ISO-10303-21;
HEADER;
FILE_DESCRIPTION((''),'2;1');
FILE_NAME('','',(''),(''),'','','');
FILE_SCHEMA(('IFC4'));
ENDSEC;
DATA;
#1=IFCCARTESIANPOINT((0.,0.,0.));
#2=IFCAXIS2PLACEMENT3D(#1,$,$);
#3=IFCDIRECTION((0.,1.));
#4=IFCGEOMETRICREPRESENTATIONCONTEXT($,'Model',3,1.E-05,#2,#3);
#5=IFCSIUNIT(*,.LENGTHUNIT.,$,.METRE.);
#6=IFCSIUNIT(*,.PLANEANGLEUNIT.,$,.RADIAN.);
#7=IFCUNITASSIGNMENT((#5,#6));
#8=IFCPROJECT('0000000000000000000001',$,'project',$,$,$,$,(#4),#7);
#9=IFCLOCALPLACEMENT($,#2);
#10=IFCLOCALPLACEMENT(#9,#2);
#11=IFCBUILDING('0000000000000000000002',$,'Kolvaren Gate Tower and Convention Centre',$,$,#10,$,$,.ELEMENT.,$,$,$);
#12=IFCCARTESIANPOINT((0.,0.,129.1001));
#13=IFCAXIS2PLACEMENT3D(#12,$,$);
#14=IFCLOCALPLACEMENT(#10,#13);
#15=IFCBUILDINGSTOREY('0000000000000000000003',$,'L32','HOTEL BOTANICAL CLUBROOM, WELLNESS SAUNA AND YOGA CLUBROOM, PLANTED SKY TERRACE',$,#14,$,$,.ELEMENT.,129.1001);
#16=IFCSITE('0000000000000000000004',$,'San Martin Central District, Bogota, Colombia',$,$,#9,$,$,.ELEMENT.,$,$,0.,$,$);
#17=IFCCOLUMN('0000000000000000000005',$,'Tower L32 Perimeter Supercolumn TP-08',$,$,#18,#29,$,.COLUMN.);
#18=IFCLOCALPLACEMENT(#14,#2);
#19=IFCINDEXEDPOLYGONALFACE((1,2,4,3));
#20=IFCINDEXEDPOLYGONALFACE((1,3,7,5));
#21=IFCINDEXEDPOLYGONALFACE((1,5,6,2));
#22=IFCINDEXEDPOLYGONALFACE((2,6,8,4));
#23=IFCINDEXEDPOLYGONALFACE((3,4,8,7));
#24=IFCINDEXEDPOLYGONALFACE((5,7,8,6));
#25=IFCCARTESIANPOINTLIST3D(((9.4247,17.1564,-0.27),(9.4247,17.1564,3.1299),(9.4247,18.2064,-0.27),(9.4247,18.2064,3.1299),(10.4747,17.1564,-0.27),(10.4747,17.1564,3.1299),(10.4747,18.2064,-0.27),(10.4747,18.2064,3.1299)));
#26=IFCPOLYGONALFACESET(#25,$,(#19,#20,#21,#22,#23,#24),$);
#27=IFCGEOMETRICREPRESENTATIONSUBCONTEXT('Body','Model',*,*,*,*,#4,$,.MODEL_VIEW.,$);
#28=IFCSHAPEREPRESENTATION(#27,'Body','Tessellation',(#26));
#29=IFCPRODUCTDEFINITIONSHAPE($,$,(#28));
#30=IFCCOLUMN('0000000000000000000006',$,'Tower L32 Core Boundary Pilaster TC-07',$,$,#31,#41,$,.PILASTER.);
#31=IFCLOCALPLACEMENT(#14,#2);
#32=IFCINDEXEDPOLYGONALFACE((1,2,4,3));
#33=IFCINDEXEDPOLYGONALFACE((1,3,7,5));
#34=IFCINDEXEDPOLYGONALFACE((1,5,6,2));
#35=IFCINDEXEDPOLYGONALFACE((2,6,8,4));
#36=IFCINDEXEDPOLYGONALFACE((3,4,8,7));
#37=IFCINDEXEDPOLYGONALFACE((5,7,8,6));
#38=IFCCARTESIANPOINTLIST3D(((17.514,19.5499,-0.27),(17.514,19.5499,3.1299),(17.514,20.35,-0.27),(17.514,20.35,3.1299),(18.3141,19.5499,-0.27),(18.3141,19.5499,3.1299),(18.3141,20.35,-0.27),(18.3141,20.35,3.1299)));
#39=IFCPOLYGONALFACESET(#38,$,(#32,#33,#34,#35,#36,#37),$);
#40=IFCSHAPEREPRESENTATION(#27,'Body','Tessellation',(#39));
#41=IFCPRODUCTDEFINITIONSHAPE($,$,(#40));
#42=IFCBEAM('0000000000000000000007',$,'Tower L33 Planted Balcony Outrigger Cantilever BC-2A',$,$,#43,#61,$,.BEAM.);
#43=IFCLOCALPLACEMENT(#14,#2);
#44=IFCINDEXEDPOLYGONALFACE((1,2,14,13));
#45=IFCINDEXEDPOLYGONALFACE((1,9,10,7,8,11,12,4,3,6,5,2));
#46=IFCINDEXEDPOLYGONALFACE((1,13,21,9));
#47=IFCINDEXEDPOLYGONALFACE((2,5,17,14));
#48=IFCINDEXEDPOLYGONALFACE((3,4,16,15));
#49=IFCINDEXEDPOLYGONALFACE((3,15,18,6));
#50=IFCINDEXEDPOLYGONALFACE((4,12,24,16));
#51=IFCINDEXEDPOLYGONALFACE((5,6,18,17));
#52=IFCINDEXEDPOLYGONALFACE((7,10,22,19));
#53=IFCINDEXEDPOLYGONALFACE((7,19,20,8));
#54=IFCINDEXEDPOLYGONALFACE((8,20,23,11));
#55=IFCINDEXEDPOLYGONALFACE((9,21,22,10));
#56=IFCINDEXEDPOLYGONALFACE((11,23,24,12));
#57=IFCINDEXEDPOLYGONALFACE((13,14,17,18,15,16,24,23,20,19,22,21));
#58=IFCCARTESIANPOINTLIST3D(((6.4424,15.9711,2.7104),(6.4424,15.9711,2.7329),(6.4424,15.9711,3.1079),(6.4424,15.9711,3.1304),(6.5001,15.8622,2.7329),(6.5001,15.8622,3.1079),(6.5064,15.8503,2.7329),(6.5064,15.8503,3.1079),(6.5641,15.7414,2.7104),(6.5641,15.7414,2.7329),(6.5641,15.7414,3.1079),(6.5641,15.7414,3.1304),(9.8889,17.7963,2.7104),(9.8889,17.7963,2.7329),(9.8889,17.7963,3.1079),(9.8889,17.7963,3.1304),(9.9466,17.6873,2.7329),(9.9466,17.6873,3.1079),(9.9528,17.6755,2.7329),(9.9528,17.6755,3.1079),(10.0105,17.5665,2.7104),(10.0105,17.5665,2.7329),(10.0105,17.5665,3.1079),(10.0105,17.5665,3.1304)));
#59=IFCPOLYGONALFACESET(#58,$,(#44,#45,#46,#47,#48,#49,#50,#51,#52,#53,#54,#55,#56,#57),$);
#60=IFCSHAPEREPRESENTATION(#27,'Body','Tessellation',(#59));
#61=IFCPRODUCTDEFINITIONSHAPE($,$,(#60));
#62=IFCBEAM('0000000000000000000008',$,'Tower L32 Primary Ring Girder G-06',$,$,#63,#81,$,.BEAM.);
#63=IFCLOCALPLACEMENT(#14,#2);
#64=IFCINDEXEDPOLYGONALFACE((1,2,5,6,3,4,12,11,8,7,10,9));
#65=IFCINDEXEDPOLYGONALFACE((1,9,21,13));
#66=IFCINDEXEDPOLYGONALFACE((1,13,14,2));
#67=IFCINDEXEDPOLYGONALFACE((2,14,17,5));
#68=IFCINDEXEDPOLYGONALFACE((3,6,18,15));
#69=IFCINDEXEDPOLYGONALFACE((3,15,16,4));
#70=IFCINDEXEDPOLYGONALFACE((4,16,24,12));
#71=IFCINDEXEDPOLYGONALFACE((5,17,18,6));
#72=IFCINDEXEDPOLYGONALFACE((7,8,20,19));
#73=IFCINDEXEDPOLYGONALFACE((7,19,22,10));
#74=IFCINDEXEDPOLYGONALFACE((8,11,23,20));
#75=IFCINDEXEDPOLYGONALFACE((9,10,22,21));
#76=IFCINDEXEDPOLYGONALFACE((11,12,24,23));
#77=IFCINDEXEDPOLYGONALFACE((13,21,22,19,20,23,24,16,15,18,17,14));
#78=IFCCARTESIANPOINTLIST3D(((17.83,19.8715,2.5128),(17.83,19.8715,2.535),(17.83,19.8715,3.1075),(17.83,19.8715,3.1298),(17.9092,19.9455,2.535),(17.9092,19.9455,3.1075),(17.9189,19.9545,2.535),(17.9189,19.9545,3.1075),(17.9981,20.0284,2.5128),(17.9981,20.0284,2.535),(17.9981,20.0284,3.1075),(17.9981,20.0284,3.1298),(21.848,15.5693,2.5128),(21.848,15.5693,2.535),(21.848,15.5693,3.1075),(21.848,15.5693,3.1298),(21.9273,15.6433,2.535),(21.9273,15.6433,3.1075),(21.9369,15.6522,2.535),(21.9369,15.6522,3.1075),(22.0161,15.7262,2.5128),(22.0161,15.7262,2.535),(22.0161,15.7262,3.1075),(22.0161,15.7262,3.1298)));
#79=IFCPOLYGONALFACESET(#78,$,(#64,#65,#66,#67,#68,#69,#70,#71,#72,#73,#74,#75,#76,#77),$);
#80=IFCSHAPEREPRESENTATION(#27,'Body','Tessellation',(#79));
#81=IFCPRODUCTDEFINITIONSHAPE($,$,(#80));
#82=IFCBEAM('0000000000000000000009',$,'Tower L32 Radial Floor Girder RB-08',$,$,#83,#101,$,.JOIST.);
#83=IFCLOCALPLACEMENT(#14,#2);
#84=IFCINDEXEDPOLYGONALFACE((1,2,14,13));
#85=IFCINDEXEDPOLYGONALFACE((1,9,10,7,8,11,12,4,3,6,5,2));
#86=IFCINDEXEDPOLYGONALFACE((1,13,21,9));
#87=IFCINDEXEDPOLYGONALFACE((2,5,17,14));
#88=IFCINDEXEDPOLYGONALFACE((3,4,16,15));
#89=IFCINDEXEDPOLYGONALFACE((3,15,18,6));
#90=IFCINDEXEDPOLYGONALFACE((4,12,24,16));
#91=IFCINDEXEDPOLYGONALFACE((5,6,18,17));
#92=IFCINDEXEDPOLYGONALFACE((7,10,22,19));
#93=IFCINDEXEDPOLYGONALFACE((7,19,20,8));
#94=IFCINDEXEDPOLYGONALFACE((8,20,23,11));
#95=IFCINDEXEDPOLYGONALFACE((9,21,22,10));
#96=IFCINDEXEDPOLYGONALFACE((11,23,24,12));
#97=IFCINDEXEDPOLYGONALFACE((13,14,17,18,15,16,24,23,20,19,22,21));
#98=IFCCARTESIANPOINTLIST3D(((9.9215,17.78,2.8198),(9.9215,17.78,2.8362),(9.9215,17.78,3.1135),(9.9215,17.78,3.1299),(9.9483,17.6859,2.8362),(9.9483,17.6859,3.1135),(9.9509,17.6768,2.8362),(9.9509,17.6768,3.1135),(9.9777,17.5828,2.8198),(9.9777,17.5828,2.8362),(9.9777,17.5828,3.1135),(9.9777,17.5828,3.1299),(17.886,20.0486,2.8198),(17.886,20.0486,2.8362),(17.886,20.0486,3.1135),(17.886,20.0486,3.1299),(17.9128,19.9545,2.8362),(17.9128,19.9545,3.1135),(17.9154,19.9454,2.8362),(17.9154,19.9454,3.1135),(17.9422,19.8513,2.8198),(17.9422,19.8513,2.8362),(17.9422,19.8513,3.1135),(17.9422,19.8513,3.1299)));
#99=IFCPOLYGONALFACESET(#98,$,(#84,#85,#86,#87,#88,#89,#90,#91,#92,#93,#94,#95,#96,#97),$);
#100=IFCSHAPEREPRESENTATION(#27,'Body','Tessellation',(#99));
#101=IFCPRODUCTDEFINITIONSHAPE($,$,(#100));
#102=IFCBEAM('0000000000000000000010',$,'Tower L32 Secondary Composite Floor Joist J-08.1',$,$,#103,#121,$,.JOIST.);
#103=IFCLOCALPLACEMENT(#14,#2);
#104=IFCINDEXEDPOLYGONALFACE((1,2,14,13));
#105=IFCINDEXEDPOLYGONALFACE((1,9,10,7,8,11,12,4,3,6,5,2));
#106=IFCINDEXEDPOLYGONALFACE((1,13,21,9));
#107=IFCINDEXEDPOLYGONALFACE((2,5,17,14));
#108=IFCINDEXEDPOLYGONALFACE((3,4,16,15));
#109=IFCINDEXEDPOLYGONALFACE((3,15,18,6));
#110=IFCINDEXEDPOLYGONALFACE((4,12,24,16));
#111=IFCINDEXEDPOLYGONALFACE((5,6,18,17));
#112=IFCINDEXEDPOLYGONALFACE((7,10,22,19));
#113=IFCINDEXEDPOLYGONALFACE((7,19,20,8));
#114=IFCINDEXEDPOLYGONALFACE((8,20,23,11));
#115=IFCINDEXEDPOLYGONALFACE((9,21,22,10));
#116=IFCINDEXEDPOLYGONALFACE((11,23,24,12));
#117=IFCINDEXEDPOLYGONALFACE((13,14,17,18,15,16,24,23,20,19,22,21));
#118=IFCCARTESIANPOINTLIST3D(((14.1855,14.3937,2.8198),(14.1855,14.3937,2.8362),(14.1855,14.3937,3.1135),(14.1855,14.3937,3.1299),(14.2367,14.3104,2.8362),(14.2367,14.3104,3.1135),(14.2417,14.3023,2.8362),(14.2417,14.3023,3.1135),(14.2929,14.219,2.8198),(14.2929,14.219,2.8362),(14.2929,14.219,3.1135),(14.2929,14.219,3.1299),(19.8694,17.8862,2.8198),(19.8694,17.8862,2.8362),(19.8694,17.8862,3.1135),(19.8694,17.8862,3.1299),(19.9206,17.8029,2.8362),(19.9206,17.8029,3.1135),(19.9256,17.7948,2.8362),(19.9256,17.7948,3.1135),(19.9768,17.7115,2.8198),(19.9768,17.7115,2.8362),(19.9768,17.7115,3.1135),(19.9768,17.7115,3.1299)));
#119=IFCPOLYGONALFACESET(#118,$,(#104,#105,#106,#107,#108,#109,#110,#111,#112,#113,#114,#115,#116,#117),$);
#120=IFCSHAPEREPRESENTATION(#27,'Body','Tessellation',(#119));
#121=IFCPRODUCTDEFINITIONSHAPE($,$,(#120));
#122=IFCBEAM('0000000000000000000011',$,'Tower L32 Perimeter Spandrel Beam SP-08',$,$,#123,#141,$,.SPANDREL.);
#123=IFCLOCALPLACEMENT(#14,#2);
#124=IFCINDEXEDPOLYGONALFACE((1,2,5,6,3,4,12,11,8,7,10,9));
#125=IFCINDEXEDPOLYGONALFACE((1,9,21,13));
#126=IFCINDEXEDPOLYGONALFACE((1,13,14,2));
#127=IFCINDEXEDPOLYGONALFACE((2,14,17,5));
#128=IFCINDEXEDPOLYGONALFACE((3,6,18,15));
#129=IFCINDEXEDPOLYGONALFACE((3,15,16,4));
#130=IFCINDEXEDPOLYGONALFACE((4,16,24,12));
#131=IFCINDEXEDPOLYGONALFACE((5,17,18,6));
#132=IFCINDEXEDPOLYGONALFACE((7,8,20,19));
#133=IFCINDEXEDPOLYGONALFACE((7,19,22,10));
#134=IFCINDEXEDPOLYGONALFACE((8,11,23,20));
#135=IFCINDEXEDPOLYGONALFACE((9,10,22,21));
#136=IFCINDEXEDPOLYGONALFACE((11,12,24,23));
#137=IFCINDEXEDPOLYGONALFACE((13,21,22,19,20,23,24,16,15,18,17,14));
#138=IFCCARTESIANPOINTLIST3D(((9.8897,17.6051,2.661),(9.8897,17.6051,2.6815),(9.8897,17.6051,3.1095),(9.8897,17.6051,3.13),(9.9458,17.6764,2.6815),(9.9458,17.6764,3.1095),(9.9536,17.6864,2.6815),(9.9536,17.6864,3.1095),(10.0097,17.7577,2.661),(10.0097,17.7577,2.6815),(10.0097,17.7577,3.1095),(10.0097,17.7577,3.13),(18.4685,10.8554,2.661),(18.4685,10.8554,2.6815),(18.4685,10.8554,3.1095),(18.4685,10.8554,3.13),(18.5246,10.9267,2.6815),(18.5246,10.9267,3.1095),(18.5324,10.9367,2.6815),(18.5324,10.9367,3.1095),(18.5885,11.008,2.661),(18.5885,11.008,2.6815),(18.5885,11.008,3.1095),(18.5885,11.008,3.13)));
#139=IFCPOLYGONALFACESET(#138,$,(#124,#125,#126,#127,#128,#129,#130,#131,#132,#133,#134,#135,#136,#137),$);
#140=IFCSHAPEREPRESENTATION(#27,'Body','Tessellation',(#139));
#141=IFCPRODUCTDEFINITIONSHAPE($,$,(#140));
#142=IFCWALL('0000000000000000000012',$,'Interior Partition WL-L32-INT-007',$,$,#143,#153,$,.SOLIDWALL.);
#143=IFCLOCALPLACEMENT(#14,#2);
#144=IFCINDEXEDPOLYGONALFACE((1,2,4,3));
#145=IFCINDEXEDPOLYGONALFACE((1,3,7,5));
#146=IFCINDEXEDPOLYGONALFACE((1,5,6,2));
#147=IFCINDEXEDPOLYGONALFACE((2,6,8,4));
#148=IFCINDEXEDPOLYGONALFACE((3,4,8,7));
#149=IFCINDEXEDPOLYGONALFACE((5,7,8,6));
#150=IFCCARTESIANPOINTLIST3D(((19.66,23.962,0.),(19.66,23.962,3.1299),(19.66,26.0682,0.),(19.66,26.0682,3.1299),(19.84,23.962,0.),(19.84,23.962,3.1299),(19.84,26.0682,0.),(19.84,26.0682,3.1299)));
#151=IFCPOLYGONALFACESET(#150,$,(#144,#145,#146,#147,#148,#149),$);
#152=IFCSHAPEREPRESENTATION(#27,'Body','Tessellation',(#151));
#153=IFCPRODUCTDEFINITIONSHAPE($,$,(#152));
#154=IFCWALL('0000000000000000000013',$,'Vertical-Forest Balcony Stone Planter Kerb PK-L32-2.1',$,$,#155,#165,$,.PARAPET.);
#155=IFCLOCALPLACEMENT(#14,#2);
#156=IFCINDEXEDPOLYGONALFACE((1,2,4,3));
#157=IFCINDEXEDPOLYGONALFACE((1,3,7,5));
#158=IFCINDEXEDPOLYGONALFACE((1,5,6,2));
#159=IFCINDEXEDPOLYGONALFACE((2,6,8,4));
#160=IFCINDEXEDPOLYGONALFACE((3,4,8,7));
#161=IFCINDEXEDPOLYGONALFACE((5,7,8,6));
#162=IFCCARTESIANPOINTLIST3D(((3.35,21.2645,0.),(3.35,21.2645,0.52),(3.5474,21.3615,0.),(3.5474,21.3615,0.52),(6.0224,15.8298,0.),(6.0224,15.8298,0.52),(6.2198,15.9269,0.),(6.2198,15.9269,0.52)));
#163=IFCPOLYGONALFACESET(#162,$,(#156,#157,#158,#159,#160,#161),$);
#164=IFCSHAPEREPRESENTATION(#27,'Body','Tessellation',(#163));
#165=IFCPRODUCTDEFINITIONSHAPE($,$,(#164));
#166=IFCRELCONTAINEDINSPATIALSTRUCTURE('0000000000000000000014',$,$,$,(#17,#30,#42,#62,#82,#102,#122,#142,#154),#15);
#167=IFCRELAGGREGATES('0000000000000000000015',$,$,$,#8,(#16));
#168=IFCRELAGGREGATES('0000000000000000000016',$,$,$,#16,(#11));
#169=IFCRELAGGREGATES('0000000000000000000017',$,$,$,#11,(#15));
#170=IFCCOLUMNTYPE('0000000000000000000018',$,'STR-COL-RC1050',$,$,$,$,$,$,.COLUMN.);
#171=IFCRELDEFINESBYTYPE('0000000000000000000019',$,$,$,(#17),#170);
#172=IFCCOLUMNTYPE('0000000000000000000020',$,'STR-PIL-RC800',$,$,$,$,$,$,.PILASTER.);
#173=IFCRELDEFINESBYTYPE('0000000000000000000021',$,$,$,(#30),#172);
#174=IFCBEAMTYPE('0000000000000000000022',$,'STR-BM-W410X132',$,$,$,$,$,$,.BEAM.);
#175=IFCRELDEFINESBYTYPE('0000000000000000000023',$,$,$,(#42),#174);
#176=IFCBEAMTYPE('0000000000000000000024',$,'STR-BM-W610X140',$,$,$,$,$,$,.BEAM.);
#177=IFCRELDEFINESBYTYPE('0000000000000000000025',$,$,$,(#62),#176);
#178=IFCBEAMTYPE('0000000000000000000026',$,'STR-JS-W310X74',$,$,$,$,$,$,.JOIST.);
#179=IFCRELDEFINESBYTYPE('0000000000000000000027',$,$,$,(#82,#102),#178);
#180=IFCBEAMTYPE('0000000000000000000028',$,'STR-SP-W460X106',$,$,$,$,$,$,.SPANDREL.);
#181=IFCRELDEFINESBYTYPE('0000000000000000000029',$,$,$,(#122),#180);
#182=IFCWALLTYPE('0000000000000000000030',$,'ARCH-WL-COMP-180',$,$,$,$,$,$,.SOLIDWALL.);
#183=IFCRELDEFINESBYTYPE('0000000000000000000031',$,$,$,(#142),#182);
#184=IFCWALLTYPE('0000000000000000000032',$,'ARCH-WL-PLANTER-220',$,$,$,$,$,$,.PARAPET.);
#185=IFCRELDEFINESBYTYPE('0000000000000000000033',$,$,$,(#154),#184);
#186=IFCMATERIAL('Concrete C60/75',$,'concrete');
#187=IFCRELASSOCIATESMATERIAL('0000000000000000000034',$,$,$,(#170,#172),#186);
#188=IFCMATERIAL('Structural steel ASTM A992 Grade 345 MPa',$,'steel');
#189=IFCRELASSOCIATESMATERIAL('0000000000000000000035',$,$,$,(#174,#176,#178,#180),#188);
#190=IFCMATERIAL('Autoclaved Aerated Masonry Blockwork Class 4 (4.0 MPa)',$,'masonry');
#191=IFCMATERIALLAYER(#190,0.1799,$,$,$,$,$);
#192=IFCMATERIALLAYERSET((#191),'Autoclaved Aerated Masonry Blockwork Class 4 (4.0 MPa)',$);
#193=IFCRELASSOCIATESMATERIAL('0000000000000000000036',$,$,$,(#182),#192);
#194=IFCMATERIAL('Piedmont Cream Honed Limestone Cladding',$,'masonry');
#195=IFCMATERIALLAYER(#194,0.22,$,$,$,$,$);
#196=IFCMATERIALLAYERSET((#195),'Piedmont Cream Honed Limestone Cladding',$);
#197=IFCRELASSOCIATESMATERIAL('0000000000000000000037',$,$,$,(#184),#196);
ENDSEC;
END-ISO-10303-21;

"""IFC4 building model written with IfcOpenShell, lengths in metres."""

from ifc_helpers import new_model, si_unit, direction, frame, frame_2d, origin, origin_2d, place, context, subcontext, project, spatial, rectangle, i_section, extrude, material, layer, layer_set, material_profile, profile_set, type_object, element, save


model = new_model("IFC4")

# Units and contexts
model_context = context("Model", 3, precision=1e-05, world=origin(), true_north=direction((0.0, 1.0)))
body_context = subcontext(model_context, "Body", "Model", "MODEL_VIEW")
ifc_project = project(units=[si_unit("LENGTHUNIT", "METRE"), si_unit("PLANEANGLEUNIT", "RADIAN")], contexts=[model_context])

# Site, building, storey
site_placement = place(None, origin())
site = spatial("IfcSite", under=ifc_project, at=site_placement, Name="San Martin Central District, Bogota, Colombia", CompositionType="ELEMENT", RefElevation=0.0)
building_placement = place(site_placement, origin())
building = spatial("IfcBuilding", under=site, at=building_placement, Name="Kolvaren Gate Tower and Convention Centre", CompositionType="ELEMENT")
storey_placement = place(building_placement, frame((0.0, 0.0, 129.1001)))
storey = spatial("IfcBuildingStorey", under=building, at=storey_placement, Name="L32", Description="HOTEL BOTANICAL CLUBROOM, WELLNESS SAUNA AND YOGA CLUBROOM, PLANTED SKY TERRACE", CompositionType="ELEMENT", Elevation=129.1001)

# Columns
ifc_material_1 = material(Name="Concrete C60/75", Category="concrete")
ifc_material_profile_1 = material_profile(ifc_material_1, rectangle(XDim=1.05, YDim=1.05, at=origin_2d()), Name="RC-COL-1050X1050")
ifc_profile_set_1 = profile_set([ifc_material_profile_1], Name="Concrete C60/75")
column_type_1 = type_object("IfcColumnType", Name="STR-COL-RC1050", PredefinedType="COLUMN", material=ifc_profile_set_1)
column_1_placement = place(storey_placement, frame((9.9497, 17.6814, -0.27), z_axis=(0.0, 0.0, 1.0), x_axis=(1.0, 0.0, 0.0)))
element("IfcColumn", 1, at=column_1_placement, inside=storey, type_object=column_type_1, Name="Tower L32 Perimeter Supercolumn TP-08", PredefinedType="COLUMN", context=body_context, shape_type="SweptSolid", body=[
    extrude(rectangle(XDim=1.05, YDim=1.05, at=origin_2d()), origin(), (0.0, 0.0, 1.0), 3.3999),
])
ifc_material_profile_2 = material_profile(ifc_material_1, rectangle(XDim=0.8, YDim=0.8, at=origin_2d()), Name="RC-COL-800X800")
ifc_profile_set_2 = profile_set([ifc_material_profile_2], Name="Concrete C60/75")
column_type_2 = type_object("IfcColumnType", Name="STR-PIL-RC800", PredefinedType="PILASTER", material=ifc_profile_set_2)
column_2_placement = place(storey_placement, frame((17.9141, 19.95, -0.27), z_axis=(0.0, 0.0, 1.0), x_axis=(1.0, 0.0, 0.0)))
element("IfcColumn", 2, at=column_2_placement, inside=storey, type_object=column_type_2, Name="Tower L32 Core Boundary Pilaster TC-07", PredefinedType="PILASTER", context=body_context, shape_type="SweptSolid", body=[
    extrude(rectangle(XDim=0.8, YDim=0.8, at=origin_2d()), origin(), (0.0, 0.0, 1.0), 3.3999),
])

# Beams
ifc_material_2 = material(Name="Structural steel ASTM A992 Grade 345 MPa", Category="steel")
ifc_material_profile_3 = material_profile(ifc_material_2, i_section(OverallWidth=0.26, OverallDepth=0.4199, WebThickness=0.0134, FlangeThickness=0.0225, at=origin_2d()), Name="W410X132")
ifc_profile_set_3 = profile_set([ifc_material_profile_3], Name="Structural steel ASTM A992 Grade 345 MPa")
beam_type_1 = type_object("IfcBeamType", Name="STR-BM-W410X132", PredefinedType="BEAM", material=ifc_profile_set_3)
beam_1_placement = place(storey_placement, frame((9.9497, 17.6814, 2.9204), z_axis=(-0.883729, -0.468, 0.0), x_axis=(0.468, -0.883729, 0.0)))
element("IfcBeam", 3, at=beam_1_placement, inside=storey, type_object=beam_type_1, Name="Tower L33 Planted Balcony Outrigger Cantilever BC-2A", PredefinedType="BEAM", context=body_context, shape_type="SweptSolid", body=[
    extrude(i_section(OverallWidth=0.26, OverallDepth=0.4199, WebThickness=0.0134, FlangeThickness=0.0225, at=origin_2d()), origin(), (0.0, 0.0, 1.0), 3.8999),
])
ifc_material_profile_4 = material_profile(ifc_material_2, i_section(OverallWidth=0.23, OverallDepth=0.6169, WebThickness=0.0132, FlangeThickness=0.0222, at=origin_2d()), Name="W610X140")
ifc_profile_set_4 = profile_set([ifc_material_profile_4], Name="Structural steel ASTM A992 Grade 345 MPa")
beam_type_2 = type_object("IfcBeamType", Name="STR-BM-W610X140", PredefinedType="BEAM", material=ifc_profile_set_4)
beam_2_placement = place(storey_placement, frame((17.9141, 19.95, 2.8213), z_axis=(0.682558, -0.730832, 0.0), x_axis=(0.730832, 0.682558, 0.0)))
element("IfcBeam", 4, at=beam_2_placement, inside=storey, type_object=beam_type_2, Name="Tower L32 Primary Ring Girder G-06", PredefinedType="BEAM", context=body_context, shape_type="SweptSolid", body=[
    extrude(i_section(OverallWidth=0.23, OverallDepth=0.6169, WebThickness=0.0132, FlangeThickness=0.0222, at=origin_2d()), origin(), (0.0, 0.0, 1.0), 5.8867),
])
ifc_material_profile_5 = material_profile(ifc_material_2, i_section(OverallWidth=0.2051, OverallDepth=0.3101, WebThickness=0.0095, FlangeThickness=0.0164, at=origin_2d()), Name="W310X74")
ifc_profile_set_5 = profile_set([ifc_material_profile_5], Name="Structural steel ASTM A992 Grade 345 MPa")
beam_type_3 = type_object("IfcBeamType", Name="STR-JS-W310X74", PredefinedType="JOIST", material=ifc_profile_set_5)
beam_3_placement = place(storey_placement, frame((17.9141, 19.95, 2.9749), z_axis=(-0.961746, -0.273942, 0.0), x_axis=(0.273942, -0.961746, 0.0)))
element("IfcBeam", 5, at=beam_3_placement, inside=storey, type_object=beam_type_3, Name="Tower L32 Radial Floor Girder RB-08", PredefinedType="JOIST", context=body_context, shape_type="SweptSolid", body=[
    extrude(i_section(OverallWidth=0.2051, OverallDepth=0.3101, WebThickness=0.0095, FlangeThickness=0.0164, at=origin_2d()), origin(), (0.0, 0.0, 1.0), 8.2812),
])
beam_4_placement = place(storey_placement, frame((19.9231, 17.7988, 2.9749), z_axis=(-0.852014, -0.523519, 0.0), x_axis=(0.523519, -0.852014, 0.0)))
element("IfcBeam", 6, at=beam_4_placement, inside=storey, type_object=beam_type_3, Name="Tower L32 Secondary Composite Floor Joist J-08.1", PredefinedType="JOIST", context=body_context, shape_type="SweptSolid", body=[
    extrude(i_section(OverallWidth=0.2051, OverallDepth=0.3101, WebThickness=0.0095, FlangeThickness=0.0164, at=origin_2d()), origin(), (0.0, 0.0, 1.0), 6.6711),
])
ifc_material_profile_6 = material_profile(ifc_material_2, i_section(OverallWidth=0.1941, OverallDepth=0.469, WebThickness=0.0127, FlangeThickness=0.0205, at=origin_2d()), Name="W460X106")
ifc_profile_set_6 = profile_set([ifc_material_profile_6], Name="Structural steel ASTM A992 Grade 345 MPa")
beam_type_4 = type_object("IfcBeamType", Name="STR-SP-W460X106", PredefinedType="SPANDREL", material=ifc_profile_set_6)
beam_5_placement = place(storey_placement, frame((9.9497, 17.6814, 2.8955), z_axis=(0.785908, -0.618344, 0.0), x_axis=(0.618344, 0.785908, 0.0)))
element("IfcBeam", 7, at=beam_5_placement, inside=storey, type_object=beam_type_4, Name="Tower L32 Perimeter Spandrel Beam SP-08", PredefinedType="SPANDREL", context=body_context, shape_type="SweptSolid", body=[
    extrude(i_section(OverallWidth=0.1941, OverallDepth=0.469, WebThickness=0.0127, FlangeThickness=0.0205, at=origin_2d()), origin(), (0.0, 0.0, 1.0), 10.9158),
])

# Walls
ifc_material_3 = material(Name="Autoclaved Aerated Masonry Blockwork Class 4 (4.0 MPa)", Category="masonry")
ifc_layer_1 = layer(ifc_material_3, 0.1799)
ifc_layer_set_1 = layer_set([ifc_layer_1], Name="Autoclaved Aerated Masonry Blockwork Class 4 (4.0 MPa)")
wall_type_1 = type_object("IfcWallType", Name="ARCH-WL-COMP-180", PredefinedType="SOLIDWALL", material=ifc_layer_set_1)
wall_1_placement = place(storey_placement, frame((19.75, 23.9619, 0.0), z_axis=(0.0, 0.0, 1.0), x_axis=(0.0, 1.0, 0.0)))
element("IfcWall", 8, at=wall_1_placement, inside=storey, type_object=wall_type_1, Name="Interior Partition WL-L32-INT-007", PredefinedType="SOLIDWALL", context=body_context, shape_type="SweptSolid", body=[
    extrude(rectangle(XDim=2.1062, YDim=0.1799, at=frame_2d((1.0532, 0.0))), origin(), (0.0, 0.0, 1.0), 3.1299),
])
ifc_material_4 = material(Name="Piedmont Cream Honed Limestone Cladding", Category="masonry")
ifc_layer_2 = layer(ifc_material_4, 0.22)
ifc_layer_set_2 = layer_set([ifc_layer_2], Name="Piedmont Cream Honed Limestone Cladding")
wall_type_2 = type_object("IfcWallType", Name="ARCH-WL-PLANTER-220", PredefinedType="PARAPET", material=ifc_layer_set_2)
wall_2_placement = place(storey_placement, frame((3.4487, 21.313, 0.0), z_axis=(0.0, 0.0, 1.0), x_axis=(0.44127, -0.897375, 0.0)))
element("IfcWall", 9, at=wall_2_placement, inside=storey, type_object=wall_type_2, Name="Vertical-Forest Balcony Stone Planter Kerb PK-L32-2.1", PredefinedType="PARAPET", context=body_context, shape_type="SweptSolid", body=[
    extrude(rectangle(XDim=6.0562, YDim=0.22, at=frame_2d((3.0281, 0.0))), origin(), (0.0, 0.0, 1.0), 0.52),
])

save(model, "model.ifc")
